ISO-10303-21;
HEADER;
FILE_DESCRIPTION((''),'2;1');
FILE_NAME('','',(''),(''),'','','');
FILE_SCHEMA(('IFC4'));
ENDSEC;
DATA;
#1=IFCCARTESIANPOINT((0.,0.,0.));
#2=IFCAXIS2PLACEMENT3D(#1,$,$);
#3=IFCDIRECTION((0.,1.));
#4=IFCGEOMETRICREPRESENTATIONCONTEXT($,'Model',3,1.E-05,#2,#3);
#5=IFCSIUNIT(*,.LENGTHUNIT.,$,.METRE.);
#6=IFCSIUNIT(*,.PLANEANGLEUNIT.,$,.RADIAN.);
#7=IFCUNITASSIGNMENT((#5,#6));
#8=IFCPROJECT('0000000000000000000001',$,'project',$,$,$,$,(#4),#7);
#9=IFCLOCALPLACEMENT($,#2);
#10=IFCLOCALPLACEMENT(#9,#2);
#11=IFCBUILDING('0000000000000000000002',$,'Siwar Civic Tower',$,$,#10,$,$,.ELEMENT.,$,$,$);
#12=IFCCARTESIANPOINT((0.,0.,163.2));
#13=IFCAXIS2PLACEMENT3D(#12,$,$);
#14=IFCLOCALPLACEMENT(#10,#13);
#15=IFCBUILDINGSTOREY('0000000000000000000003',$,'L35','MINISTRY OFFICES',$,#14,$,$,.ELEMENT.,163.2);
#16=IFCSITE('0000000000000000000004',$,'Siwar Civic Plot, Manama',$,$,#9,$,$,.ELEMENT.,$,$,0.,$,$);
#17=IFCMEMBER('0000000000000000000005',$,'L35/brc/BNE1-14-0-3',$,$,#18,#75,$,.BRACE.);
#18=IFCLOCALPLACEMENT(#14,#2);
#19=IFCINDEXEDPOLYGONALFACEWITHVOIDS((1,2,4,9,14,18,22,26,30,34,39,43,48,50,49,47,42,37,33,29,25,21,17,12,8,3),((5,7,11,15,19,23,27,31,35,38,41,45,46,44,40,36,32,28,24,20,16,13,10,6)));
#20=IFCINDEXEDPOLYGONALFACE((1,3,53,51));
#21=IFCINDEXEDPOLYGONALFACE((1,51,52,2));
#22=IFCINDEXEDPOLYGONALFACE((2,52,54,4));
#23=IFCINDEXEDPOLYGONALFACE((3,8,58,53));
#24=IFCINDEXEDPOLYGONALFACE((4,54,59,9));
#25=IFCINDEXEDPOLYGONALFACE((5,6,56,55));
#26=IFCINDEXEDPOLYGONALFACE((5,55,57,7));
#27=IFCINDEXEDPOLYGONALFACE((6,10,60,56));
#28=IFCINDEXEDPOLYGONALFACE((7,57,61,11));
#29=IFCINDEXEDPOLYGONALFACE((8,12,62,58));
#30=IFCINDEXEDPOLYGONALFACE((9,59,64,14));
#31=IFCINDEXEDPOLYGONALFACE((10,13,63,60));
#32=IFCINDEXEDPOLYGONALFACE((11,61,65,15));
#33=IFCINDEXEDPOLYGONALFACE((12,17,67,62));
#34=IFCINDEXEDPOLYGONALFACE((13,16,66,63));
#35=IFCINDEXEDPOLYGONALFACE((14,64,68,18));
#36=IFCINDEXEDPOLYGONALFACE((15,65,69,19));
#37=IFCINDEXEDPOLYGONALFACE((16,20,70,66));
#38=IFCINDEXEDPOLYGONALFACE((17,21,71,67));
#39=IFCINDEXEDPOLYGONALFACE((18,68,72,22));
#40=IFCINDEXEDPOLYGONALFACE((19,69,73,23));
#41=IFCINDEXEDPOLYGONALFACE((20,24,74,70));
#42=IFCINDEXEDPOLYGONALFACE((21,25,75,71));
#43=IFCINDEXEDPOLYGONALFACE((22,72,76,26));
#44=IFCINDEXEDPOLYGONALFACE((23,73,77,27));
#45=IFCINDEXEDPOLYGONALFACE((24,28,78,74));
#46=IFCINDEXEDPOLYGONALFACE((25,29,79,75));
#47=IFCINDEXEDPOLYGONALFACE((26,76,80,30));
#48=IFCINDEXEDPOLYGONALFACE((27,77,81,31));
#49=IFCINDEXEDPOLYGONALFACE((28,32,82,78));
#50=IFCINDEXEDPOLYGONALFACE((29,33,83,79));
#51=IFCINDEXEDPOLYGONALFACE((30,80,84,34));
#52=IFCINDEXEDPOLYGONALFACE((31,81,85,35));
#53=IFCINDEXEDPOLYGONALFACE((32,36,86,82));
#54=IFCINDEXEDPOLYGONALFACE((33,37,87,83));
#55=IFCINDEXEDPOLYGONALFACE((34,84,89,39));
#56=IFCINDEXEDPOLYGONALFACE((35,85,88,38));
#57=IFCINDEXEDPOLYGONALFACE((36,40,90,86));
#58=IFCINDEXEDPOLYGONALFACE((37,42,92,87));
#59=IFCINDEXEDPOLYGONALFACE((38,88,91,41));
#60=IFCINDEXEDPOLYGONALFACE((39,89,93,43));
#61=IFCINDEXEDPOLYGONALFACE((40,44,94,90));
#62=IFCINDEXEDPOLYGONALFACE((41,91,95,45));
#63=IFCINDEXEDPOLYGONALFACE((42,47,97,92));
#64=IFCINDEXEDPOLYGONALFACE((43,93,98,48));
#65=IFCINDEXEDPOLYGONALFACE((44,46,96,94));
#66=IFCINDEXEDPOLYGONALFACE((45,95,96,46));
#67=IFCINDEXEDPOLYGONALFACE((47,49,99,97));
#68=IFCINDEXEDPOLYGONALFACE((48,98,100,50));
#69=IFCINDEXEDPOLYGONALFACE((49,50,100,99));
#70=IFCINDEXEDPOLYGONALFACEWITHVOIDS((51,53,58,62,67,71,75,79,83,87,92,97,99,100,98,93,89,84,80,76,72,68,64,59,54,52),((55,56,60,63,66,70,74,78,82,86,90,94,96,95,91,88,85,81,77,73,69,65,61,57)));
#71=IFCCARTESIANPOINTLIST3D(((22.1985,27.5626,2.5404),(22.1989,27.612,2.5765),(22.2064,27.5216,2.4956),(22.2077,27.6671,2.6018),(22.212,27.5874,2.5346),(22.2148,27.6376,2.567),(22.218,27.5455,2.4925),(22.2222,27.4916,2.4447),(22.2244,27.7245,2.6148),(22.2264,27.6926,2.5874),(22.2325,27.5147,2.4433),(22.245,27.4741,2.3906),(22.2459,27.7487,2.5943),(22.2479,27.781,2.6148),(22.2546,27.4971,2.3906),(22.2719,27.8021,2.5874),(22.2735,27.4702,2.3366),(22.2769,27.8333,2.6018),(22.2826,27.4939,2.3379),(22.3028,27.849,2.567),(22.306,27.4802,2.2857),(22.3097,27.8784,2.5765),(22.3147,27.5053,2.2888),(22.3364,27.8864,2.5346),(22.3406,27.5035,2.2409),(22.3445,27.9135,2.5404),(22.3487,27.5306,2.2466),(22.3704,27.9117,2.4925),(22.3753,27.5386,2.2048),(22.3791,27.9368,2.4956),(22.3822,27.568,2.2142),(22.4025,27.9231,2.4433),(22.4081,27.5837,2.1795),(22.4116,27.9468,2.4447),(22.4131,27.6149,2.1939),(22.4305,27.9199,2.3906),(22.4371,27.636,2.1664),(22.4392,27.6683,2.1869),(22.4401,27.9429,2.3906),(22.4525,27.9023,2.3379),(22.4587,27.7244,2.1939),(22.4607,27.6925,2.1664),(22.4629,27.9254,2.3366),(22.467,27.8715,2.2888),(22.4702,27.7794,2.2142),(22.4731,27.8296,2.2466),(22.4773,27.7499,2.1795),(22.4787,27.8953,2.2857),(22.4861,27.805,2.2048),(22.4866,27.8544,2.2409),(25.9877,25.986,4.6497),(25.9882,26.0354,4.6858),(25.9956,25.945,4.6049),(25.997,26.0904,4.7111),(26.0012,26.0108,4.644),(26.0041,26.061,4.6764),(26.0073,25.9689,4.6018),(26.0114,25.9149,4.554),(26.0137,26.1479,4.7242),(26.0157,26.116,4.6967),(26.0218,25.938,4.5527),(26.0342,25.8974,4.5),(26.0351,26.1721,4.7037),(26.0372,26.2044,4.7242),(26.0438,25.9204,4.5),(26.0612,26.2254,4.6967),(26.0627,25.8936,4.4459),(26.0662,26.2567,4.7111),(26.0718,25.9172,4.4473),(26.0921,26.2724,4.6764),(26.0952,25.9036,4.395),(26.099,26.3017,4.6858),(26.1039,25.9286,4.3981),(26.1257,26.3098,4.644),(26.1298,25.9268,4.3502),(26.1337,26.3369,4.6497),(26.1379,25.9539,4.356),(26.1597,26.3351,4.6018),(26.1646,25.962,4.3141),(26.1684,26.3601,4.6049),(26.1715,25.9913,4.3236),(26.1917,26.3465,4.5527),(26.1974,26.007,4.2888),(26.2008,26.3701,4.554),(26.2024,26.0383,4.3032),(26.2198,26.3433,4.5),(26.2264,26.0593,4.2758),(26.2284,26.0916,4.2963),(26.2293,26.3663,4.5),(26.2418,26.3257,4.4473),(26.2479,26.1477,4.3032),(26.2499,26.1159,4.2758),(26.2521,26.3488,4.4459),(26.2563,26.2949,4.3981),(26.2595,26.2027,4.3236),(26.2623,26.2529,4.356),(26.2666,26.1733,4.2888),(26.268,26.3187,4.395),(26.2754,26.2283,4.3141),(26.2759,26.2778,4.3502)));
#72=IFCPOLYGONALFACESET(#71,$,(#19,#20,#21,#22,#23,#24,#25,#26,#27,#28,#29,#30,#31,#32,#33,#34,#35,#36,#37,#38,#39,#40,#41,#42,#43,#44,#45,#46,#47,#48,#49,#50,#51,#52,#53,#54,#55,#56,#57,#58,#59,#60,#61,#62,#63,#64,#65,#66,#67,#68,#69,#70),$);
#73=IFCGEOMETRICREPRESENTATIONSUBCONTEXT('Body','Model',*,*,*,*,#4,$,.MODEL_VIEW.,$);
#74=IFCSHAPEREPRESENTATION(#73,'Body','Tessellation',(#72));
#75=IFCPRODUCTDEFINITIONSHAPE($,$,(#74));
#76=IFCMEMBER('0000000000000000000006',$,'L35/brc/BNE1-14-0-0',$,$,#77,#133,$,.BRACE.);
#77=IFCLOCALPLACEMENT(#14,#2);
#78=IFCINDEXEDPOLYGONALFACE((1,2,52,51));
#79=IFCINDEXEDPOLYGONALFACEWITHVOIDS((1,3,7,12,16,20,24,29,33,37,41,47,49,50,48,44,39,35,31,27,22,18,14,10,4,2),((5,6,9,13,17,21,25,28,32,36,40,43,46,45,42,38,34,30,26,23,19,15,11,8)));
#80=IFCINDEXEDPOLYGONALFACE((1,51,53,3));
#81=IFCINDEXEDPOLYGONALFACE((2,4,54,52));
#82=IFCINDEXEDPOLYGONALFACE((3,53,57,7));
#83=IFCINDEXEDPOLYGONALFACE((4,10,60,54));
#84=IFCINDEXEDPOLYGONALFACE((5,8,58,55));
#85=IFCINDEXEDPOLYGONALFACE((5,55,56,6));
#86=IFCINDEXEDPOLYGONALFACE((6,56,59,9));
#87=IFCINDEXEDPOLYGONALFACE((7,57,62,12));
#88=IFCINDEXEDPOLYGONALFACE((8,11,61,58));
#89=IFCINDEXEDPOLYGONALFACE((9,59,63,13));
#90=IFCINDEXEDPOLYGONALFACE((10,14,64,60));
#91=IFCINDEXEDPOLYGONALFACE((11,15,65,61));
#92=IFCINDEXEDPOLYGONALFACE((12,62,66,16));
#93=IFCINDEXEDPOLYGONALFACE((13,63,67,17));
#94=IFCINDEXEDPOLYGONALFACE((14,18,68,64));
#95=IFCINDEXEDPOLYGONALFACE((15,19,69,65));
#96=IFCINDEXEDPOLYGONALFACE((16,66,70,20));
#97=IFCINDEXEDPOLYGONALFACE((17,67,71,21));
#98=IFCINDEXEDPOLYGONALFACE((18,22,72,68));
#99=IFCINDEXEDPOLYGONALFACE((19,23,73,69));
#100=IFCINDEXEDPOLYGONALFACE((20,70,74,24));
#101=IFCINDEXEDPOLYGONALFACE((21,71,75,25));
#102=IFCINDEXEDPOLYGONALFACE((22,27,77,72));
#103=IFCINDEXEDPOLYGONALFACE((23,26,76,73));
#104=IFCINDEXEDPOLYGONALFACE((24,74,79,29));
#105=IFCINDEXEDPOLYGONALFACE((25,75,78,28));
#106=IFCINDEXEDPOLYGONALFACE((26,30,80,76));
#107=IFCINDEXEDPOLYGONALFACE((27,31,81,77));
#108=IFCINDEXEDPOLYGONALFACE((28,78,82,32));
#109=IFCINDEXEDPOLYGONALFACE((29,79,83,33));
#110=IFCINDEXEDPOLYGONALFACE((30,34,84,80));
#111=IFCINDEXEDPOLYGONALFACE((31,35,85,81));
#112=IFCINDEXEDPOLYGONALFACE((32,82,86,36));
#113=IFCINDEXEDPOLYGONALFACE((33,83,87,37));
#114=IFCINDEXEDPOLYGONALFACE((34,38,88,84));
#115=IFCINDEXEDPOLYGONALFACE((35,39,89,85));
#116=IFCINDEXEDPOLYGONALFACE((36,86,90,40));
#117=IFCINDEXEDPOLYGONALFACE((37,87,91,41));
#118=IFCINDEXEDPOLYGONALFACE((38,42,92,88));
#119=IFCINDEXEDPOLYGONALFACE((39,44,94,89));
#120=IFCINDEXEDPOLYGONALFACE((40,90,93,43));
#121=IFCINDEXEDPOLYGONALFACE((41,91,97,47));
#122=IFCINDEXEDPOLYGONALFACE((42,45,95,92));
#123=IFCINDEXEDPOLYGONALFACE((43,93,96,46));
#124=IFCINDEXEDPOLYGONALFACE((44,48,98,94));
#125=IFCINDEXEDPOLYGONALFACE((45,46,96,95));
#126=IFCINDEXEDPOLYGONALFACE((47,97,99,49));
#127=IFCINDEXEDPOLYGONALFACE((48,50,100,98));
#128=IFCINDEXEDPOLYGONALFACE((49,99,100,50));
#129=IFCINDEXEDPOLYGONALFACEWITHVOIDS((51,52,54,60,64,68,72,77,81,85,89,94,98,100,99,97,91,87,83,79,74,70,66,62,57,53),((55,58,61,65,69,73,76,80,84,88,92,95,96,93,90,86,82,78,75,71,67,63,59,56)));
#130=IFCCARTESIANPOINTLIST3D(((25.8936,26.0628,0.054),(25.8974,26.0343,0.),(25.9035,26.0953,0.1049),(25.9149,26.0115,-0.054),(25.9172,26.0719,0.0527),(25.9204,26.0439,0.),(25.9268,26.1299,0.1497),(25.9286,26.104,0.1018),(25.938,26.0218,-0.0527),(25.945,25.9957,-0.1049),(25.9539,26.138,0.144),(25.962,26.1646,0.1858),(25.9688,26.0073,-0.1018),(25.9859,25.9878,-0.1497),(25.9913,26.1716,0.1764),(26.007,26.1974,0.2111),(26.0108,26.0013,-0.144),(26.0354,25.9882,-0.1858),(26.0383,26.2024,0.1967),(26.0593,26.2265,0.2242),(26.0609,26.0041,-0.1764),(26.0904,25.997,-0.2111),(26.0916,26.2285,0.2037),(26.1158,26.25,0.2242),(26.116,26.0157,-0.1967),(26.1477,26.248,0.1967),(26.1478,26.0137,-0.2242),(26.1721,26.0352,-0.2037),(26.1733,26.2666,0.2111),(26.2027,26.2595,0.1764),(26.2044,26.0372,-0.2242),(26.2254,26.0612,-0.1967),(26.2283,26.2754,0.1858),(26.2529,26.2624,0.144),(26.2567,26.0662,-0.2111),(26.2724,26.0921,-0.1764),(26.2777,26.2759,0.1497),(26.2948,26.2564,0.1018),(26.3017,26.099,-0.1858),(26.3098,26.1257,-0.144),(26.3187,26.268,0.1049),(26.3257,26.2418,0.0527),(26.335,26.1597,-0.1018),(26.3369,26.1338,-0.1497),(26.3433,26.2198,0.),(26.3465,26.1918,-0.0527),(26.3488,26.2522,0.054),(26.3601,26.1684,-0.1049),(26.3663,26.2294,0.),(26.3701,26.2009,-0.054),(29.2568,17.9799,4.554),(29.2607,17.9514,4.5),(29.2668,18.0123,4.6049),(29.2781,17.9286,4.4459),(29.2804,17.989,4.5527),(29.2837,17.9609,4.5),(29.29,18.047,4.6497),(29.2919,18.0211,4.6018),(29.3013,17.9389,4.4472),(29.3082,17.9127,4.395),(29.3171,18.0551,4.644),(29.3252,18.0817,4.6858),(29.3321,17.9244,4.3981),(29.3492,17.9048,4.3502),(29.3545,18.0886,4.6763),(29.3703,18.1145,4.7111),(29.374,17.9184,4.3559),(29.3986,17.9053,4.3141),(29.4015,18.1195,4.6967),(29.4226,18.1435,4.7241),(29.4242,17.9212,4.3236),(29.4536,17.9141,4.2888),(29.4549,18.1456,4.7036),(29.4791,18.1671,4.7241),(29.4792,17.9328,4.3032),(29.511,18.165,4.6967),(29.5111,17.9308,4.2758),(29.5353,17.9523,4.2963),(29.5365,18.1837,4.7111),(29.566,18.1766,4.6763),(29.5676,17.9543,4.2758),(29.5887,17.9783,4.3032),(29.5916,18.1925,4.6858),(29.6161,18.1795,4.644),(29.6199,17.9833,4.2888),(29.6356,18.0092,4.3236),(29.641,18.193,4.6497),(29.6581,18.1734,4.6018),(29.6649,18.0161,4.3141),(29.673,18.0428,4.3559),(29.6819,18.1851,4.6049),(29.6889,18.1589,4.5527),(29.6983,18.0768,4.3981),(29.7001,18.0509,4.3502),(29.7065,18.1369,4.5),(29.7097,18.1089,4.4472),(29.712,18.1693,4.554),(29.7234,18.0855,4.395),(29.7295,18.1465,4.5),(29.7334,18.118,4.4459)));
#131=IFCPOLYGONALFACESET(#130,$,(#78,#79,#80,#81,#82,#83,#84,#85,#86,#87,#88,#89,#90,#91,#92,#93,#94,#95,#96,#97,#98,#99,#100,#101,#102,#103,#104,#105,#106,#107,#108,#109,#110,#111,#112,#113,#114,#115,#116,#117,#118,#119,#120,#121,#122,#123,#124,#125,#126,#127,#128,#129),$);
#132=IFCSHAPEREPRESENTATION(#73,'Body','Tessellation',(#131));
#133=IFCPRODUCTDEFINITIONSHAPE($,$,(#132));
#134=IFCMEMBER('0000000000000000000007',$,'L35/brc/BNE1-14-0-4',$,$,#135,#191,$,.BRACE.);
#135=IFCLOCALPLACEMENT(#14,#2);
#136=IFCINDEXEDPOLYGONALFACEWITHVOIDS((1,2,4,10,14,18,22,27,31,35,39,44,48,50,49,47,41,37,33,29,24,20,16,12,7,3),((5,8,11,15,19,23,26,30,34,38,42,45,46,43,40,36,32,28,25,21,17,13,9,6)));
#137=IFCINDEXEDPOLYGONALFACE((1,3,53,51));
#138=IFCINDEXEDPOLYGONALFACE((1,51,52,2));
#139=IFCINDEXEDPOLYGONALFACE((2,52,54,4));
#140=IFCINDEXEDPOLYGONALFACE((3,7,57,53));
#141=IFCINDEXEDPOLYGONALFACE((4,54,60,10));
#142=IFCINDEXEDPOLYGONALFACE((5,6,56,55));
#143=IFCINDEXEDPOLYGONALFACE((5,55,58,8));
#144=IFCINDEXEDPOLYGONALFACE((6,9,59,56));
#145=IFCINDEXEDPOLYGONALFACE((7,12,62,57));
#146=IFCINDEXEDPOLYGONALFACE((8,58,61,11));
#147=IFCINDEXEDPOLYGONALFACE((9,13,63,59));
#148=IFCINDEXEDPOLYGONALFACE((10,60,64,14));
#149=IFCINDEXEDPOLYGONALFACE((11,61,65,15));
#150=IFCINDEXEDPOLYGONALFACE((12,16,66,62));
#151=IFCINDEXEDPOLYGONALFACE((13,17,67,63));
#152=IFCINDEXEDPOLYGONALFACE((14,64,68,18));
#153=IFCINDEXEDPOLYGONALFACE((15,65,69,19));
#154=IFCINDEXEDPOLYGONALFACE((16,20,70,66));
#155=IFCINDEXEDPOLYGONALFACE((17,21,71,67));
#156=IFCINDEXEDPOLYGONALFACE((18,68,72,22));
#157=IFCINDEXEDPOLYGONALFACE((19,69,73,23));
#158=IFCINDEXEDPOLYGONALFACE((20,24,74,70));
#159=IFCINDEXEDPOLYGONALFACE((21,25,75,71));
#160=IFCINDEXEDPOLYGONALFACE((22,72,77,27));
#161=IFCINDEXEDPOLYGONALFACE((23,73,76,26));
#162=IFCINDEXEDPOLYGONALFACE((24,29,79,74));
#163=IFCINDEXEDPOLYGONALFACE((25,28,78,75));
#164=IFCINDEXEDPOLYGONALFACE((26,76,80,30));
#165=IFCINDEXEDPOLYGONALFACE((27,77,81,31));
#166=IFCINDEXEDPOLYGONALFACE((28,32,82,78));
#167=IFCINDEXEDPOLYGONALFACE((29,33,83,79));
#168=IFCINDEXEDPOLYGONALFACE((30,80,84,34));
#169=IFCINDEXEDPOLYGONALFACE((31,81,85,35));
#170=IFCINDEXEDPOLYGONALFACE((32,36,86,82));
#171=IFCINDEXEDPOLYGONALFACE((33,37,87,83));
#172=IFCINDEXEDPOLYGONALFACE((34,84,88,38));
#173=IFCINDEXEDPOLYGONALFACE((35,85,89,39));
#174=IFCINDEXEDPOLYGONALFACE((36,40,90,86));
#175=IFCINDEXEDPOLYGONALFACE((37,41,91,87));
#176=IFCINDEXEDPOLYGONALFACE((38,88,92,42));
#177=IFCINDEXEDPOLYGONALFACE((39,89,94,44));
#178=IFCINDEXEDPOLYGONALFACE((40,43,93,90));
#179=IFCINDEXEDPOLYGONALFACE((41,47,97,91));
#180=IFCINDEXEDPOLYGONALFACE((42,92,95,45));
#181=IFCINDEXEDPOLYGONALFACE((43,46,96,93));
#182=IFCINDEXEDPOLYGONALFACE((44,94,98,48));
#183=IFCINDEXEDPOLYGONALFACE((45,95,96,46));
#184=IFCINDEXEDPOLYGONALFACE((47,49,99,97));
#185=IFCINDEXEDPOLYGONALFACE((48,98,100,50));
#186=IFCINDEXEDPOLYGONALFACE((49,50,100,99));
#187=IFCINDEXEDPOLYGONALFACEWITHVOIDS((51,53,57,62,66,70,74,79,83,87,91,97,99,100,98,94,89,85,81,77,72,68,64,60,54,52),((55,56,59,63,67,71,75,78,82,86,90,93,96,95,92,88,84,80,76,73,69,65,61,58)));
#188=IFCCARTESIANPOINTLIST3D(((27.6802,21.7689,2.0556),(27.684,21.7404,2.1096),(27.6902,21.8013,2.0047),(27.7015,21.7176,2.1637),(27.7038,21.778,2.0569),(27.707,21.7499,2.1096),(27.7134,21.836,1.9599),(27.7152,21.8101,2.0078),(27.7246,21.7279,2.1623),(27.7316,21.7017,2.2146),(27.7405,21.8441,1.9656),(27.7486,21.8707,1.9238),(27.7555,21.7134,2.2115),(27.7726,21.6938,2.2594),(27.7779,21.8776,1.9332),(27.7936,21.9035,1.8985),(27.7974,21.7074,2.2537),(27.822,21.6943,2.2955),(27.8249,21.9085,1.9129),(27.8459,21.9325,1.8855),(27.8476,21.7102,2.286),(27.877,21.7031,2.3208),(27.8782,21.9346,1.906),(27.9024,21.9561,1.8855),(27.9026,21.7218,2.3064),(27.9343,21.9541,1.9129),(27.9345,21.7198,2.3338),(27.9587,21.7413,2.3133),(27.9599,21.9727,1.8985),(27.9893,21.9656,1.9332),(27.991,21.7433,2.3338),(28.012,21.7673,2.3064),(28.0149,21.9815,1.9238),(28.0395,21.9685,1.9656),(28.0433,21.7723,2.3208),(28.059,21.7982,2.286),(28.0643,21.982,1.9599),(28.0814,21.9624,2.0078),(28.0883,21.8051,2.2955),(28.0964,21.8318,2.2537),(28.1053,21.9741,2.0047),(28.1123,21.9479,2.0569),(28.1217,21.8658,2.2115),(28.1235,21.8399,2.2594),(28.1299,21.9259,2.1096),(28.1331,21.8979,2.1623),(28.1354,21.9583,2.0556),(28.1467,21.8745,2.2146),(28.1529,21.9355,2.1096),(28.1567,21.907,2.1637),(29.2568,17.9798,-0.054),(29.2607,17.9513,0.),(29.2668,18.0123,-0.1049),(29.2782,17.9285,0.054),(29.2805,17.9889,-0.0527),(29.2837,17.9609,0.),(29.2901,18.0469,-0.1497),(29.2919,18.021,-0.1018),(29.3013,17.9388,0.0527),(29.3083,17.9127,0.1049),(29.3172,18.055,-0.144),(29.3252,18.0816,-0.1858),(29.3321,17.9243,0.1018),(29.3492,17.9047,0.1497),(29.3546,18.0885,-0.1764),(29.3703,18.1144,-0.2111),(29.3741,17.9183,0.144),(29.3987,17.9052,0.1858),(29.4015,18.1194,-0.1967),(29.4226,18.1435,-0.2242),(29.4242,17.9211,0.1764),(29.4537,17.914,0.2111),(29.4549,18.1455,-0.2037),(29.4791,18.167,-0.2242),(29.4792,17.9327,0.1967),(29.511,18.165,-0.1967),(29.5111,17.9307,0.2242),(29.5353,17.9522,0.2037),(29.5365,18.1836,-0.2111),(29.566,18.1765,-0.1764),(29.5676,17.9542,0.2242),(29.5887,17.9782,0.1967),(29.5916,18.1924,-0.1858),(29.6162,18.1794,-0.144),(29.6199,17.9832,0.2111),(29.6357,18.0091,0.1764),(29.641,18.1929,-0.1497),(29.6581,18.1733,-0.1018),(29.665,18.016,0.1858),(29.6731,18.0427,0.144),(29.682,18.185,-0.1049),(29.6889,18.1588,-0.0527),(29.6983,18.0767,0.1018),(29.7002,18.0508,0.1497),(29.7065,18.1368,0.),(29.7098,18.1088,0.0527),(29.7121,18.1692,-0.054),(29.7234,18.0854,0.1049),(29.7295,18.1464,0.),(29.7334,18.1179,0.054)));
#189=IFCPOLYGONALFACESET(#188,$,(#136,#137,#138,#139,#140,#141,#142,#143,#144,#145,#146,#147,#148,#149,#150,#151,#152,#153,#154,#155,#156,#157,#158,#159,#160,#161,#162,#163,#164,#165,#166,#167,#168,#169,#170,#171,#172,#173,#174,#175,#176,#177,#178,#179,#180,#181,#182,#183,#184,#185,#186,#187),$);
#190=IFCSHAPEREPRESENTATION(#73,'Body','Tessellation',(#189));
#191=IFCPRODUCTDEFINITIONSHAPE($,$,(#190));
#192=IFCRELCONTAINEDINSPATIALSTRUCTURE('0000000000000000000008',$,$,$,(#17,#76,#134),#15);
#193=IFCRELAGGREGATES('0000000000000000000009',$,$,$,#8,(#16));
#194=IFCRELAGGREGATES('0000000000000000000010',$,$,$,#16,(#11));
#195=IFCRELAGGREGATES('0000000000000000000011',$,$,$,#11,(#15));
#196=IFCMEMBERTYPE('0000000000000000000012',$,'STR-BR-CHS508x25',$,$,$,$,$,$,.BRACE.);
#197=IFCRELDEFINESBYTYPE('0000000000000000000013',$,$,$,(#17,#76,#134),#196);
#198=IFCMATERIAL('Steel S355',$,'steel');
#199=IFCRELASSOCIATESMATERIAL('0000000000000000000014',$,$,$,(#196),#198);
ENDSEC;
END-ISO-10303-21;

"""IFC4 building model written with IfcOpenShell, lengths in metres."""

from ifc_helpers import new_model, si_unit, direction, frame, origin, origin_2d, place, context, subcontext, project, spatial, hollow_circle, extrude, material, material_profile, profile_set, type_object, element, save


model = new_model("IFC4")

# Units and contexts
model_context = context("Model", 3, precision=1e-05, world=origin(), true_north=direction((0.0, 1.0)))
body_context = subcontext(model_context, "Body", "Model", "MODEL_VIEW")
ifc_project = project(units=[si_unit("LENGTHUNIT", "METRE"), si_unit("PLANEANGLEUNIT", "RADIAN")], contexts=[model_context])

# Site, building, storey
site_placement = place(None, origin())
site = spatial("IfcSite", under=ifc_project, at=site_placement, Name="Siwar Civic Plot, Manama", CompositionType="ELEMENT", RefElevation=0.0)
building_placement = place(site_placement, origin())
building = spatial("IfcBuilding", under=site, at=building_placement, Name="Siwar Civic Tower", CompositionType="ELEMENT")
storey_placement = place(building_placement, frame((0.0, 0.0, 163.2)))
storey = spatial("IfcBuildingStorey", under=building, at=storey_placement, Name="L35", Description="MINISTRY OFFICES", CompositionType="ELEMENT", Elevation=163.2)

# Members
ifc_material_1 = material(Name="Steel S355", Category="steel")
ifc_material_profile_1 = material_profile(ifc_material_1, hollow_circle(Radius=0.2539, WallThickness=0.0249, at=origin_2d()), Name="CHS508x25")
ifc_profile_set_1 = profile_set([ifc_material_profile_1], Name="Steel S355")
member_type_1 = type_object("IfcMemberType", Name="STR-BR-CHS508x25", PredefinedType="BRACE", material=ifc_profile_set_1)
member_1_placement = place(storey_placement, frame((22.3425, 27.7085, 2.3906), z_axis=(0.821163, -0.341671, 0.457113), x_axis=(0.384155, 0.923269, 0.0)))
element("IfcMember", 1, at=member_1_placement, inside=storey, type_object=member_type_1, Name="L35/brc/BNE1-14-0-3", PredefinedType="BRACE", context=body_context, shape_type="SweptSolid", body=[
    extrude(hollow_circle(Radius=0.2539, WallThickness=0.0249, at=origin_2d()), origin(), (0.0, 0.0, 1.0), 4.6145),
])
member_2_placement = place(storey_placement, frame((26.1318, 26.1318, 0.0), z_axis=(0.341671, -0.821143, 0.457149), x_axis=(0.923265, 0.384164, 0.0)))
element("IfcMember", 2, at=member_2_placement, inside=storey, type_object=member_type_1, Name="L35/brc/BNE1-14-0-0", PredefinedType="BRACE", context=body_context, shape_type="SweptSolid", body=[
    extrude(hollow_circle(Radius=0.2539, WallThickness=0.0249, at=origin_2d()), origin(), (0.0, 0.0, 1.0), 9.8435),
])
for number, where, z_axis, x_axis, name in (
    (3, (29.4951, 18.0488, 0.0), (-0.341677, 0.821126, 0.457175), (-0.92326, -0.384176, 0.0), "L35/brc/BNE1-14-0-4"),
):
    element("IfcMember", number, at=place(storey_placement, frame(where, z_axis=z_axis, x_axis=x_axis)), inside=storey, type_object=member_type_1, Name=name, PredefinedType="BRACE", context=body_context, shape_type="SweptSolid", body=[
        extrude(hollow_circle(Radius=0.2539, WallThickness=0.0249, at=origin_2d()), origin(), (0.0, 0.0, 1.0), 4.6145),
    ])

save(model, "model.ifc")
